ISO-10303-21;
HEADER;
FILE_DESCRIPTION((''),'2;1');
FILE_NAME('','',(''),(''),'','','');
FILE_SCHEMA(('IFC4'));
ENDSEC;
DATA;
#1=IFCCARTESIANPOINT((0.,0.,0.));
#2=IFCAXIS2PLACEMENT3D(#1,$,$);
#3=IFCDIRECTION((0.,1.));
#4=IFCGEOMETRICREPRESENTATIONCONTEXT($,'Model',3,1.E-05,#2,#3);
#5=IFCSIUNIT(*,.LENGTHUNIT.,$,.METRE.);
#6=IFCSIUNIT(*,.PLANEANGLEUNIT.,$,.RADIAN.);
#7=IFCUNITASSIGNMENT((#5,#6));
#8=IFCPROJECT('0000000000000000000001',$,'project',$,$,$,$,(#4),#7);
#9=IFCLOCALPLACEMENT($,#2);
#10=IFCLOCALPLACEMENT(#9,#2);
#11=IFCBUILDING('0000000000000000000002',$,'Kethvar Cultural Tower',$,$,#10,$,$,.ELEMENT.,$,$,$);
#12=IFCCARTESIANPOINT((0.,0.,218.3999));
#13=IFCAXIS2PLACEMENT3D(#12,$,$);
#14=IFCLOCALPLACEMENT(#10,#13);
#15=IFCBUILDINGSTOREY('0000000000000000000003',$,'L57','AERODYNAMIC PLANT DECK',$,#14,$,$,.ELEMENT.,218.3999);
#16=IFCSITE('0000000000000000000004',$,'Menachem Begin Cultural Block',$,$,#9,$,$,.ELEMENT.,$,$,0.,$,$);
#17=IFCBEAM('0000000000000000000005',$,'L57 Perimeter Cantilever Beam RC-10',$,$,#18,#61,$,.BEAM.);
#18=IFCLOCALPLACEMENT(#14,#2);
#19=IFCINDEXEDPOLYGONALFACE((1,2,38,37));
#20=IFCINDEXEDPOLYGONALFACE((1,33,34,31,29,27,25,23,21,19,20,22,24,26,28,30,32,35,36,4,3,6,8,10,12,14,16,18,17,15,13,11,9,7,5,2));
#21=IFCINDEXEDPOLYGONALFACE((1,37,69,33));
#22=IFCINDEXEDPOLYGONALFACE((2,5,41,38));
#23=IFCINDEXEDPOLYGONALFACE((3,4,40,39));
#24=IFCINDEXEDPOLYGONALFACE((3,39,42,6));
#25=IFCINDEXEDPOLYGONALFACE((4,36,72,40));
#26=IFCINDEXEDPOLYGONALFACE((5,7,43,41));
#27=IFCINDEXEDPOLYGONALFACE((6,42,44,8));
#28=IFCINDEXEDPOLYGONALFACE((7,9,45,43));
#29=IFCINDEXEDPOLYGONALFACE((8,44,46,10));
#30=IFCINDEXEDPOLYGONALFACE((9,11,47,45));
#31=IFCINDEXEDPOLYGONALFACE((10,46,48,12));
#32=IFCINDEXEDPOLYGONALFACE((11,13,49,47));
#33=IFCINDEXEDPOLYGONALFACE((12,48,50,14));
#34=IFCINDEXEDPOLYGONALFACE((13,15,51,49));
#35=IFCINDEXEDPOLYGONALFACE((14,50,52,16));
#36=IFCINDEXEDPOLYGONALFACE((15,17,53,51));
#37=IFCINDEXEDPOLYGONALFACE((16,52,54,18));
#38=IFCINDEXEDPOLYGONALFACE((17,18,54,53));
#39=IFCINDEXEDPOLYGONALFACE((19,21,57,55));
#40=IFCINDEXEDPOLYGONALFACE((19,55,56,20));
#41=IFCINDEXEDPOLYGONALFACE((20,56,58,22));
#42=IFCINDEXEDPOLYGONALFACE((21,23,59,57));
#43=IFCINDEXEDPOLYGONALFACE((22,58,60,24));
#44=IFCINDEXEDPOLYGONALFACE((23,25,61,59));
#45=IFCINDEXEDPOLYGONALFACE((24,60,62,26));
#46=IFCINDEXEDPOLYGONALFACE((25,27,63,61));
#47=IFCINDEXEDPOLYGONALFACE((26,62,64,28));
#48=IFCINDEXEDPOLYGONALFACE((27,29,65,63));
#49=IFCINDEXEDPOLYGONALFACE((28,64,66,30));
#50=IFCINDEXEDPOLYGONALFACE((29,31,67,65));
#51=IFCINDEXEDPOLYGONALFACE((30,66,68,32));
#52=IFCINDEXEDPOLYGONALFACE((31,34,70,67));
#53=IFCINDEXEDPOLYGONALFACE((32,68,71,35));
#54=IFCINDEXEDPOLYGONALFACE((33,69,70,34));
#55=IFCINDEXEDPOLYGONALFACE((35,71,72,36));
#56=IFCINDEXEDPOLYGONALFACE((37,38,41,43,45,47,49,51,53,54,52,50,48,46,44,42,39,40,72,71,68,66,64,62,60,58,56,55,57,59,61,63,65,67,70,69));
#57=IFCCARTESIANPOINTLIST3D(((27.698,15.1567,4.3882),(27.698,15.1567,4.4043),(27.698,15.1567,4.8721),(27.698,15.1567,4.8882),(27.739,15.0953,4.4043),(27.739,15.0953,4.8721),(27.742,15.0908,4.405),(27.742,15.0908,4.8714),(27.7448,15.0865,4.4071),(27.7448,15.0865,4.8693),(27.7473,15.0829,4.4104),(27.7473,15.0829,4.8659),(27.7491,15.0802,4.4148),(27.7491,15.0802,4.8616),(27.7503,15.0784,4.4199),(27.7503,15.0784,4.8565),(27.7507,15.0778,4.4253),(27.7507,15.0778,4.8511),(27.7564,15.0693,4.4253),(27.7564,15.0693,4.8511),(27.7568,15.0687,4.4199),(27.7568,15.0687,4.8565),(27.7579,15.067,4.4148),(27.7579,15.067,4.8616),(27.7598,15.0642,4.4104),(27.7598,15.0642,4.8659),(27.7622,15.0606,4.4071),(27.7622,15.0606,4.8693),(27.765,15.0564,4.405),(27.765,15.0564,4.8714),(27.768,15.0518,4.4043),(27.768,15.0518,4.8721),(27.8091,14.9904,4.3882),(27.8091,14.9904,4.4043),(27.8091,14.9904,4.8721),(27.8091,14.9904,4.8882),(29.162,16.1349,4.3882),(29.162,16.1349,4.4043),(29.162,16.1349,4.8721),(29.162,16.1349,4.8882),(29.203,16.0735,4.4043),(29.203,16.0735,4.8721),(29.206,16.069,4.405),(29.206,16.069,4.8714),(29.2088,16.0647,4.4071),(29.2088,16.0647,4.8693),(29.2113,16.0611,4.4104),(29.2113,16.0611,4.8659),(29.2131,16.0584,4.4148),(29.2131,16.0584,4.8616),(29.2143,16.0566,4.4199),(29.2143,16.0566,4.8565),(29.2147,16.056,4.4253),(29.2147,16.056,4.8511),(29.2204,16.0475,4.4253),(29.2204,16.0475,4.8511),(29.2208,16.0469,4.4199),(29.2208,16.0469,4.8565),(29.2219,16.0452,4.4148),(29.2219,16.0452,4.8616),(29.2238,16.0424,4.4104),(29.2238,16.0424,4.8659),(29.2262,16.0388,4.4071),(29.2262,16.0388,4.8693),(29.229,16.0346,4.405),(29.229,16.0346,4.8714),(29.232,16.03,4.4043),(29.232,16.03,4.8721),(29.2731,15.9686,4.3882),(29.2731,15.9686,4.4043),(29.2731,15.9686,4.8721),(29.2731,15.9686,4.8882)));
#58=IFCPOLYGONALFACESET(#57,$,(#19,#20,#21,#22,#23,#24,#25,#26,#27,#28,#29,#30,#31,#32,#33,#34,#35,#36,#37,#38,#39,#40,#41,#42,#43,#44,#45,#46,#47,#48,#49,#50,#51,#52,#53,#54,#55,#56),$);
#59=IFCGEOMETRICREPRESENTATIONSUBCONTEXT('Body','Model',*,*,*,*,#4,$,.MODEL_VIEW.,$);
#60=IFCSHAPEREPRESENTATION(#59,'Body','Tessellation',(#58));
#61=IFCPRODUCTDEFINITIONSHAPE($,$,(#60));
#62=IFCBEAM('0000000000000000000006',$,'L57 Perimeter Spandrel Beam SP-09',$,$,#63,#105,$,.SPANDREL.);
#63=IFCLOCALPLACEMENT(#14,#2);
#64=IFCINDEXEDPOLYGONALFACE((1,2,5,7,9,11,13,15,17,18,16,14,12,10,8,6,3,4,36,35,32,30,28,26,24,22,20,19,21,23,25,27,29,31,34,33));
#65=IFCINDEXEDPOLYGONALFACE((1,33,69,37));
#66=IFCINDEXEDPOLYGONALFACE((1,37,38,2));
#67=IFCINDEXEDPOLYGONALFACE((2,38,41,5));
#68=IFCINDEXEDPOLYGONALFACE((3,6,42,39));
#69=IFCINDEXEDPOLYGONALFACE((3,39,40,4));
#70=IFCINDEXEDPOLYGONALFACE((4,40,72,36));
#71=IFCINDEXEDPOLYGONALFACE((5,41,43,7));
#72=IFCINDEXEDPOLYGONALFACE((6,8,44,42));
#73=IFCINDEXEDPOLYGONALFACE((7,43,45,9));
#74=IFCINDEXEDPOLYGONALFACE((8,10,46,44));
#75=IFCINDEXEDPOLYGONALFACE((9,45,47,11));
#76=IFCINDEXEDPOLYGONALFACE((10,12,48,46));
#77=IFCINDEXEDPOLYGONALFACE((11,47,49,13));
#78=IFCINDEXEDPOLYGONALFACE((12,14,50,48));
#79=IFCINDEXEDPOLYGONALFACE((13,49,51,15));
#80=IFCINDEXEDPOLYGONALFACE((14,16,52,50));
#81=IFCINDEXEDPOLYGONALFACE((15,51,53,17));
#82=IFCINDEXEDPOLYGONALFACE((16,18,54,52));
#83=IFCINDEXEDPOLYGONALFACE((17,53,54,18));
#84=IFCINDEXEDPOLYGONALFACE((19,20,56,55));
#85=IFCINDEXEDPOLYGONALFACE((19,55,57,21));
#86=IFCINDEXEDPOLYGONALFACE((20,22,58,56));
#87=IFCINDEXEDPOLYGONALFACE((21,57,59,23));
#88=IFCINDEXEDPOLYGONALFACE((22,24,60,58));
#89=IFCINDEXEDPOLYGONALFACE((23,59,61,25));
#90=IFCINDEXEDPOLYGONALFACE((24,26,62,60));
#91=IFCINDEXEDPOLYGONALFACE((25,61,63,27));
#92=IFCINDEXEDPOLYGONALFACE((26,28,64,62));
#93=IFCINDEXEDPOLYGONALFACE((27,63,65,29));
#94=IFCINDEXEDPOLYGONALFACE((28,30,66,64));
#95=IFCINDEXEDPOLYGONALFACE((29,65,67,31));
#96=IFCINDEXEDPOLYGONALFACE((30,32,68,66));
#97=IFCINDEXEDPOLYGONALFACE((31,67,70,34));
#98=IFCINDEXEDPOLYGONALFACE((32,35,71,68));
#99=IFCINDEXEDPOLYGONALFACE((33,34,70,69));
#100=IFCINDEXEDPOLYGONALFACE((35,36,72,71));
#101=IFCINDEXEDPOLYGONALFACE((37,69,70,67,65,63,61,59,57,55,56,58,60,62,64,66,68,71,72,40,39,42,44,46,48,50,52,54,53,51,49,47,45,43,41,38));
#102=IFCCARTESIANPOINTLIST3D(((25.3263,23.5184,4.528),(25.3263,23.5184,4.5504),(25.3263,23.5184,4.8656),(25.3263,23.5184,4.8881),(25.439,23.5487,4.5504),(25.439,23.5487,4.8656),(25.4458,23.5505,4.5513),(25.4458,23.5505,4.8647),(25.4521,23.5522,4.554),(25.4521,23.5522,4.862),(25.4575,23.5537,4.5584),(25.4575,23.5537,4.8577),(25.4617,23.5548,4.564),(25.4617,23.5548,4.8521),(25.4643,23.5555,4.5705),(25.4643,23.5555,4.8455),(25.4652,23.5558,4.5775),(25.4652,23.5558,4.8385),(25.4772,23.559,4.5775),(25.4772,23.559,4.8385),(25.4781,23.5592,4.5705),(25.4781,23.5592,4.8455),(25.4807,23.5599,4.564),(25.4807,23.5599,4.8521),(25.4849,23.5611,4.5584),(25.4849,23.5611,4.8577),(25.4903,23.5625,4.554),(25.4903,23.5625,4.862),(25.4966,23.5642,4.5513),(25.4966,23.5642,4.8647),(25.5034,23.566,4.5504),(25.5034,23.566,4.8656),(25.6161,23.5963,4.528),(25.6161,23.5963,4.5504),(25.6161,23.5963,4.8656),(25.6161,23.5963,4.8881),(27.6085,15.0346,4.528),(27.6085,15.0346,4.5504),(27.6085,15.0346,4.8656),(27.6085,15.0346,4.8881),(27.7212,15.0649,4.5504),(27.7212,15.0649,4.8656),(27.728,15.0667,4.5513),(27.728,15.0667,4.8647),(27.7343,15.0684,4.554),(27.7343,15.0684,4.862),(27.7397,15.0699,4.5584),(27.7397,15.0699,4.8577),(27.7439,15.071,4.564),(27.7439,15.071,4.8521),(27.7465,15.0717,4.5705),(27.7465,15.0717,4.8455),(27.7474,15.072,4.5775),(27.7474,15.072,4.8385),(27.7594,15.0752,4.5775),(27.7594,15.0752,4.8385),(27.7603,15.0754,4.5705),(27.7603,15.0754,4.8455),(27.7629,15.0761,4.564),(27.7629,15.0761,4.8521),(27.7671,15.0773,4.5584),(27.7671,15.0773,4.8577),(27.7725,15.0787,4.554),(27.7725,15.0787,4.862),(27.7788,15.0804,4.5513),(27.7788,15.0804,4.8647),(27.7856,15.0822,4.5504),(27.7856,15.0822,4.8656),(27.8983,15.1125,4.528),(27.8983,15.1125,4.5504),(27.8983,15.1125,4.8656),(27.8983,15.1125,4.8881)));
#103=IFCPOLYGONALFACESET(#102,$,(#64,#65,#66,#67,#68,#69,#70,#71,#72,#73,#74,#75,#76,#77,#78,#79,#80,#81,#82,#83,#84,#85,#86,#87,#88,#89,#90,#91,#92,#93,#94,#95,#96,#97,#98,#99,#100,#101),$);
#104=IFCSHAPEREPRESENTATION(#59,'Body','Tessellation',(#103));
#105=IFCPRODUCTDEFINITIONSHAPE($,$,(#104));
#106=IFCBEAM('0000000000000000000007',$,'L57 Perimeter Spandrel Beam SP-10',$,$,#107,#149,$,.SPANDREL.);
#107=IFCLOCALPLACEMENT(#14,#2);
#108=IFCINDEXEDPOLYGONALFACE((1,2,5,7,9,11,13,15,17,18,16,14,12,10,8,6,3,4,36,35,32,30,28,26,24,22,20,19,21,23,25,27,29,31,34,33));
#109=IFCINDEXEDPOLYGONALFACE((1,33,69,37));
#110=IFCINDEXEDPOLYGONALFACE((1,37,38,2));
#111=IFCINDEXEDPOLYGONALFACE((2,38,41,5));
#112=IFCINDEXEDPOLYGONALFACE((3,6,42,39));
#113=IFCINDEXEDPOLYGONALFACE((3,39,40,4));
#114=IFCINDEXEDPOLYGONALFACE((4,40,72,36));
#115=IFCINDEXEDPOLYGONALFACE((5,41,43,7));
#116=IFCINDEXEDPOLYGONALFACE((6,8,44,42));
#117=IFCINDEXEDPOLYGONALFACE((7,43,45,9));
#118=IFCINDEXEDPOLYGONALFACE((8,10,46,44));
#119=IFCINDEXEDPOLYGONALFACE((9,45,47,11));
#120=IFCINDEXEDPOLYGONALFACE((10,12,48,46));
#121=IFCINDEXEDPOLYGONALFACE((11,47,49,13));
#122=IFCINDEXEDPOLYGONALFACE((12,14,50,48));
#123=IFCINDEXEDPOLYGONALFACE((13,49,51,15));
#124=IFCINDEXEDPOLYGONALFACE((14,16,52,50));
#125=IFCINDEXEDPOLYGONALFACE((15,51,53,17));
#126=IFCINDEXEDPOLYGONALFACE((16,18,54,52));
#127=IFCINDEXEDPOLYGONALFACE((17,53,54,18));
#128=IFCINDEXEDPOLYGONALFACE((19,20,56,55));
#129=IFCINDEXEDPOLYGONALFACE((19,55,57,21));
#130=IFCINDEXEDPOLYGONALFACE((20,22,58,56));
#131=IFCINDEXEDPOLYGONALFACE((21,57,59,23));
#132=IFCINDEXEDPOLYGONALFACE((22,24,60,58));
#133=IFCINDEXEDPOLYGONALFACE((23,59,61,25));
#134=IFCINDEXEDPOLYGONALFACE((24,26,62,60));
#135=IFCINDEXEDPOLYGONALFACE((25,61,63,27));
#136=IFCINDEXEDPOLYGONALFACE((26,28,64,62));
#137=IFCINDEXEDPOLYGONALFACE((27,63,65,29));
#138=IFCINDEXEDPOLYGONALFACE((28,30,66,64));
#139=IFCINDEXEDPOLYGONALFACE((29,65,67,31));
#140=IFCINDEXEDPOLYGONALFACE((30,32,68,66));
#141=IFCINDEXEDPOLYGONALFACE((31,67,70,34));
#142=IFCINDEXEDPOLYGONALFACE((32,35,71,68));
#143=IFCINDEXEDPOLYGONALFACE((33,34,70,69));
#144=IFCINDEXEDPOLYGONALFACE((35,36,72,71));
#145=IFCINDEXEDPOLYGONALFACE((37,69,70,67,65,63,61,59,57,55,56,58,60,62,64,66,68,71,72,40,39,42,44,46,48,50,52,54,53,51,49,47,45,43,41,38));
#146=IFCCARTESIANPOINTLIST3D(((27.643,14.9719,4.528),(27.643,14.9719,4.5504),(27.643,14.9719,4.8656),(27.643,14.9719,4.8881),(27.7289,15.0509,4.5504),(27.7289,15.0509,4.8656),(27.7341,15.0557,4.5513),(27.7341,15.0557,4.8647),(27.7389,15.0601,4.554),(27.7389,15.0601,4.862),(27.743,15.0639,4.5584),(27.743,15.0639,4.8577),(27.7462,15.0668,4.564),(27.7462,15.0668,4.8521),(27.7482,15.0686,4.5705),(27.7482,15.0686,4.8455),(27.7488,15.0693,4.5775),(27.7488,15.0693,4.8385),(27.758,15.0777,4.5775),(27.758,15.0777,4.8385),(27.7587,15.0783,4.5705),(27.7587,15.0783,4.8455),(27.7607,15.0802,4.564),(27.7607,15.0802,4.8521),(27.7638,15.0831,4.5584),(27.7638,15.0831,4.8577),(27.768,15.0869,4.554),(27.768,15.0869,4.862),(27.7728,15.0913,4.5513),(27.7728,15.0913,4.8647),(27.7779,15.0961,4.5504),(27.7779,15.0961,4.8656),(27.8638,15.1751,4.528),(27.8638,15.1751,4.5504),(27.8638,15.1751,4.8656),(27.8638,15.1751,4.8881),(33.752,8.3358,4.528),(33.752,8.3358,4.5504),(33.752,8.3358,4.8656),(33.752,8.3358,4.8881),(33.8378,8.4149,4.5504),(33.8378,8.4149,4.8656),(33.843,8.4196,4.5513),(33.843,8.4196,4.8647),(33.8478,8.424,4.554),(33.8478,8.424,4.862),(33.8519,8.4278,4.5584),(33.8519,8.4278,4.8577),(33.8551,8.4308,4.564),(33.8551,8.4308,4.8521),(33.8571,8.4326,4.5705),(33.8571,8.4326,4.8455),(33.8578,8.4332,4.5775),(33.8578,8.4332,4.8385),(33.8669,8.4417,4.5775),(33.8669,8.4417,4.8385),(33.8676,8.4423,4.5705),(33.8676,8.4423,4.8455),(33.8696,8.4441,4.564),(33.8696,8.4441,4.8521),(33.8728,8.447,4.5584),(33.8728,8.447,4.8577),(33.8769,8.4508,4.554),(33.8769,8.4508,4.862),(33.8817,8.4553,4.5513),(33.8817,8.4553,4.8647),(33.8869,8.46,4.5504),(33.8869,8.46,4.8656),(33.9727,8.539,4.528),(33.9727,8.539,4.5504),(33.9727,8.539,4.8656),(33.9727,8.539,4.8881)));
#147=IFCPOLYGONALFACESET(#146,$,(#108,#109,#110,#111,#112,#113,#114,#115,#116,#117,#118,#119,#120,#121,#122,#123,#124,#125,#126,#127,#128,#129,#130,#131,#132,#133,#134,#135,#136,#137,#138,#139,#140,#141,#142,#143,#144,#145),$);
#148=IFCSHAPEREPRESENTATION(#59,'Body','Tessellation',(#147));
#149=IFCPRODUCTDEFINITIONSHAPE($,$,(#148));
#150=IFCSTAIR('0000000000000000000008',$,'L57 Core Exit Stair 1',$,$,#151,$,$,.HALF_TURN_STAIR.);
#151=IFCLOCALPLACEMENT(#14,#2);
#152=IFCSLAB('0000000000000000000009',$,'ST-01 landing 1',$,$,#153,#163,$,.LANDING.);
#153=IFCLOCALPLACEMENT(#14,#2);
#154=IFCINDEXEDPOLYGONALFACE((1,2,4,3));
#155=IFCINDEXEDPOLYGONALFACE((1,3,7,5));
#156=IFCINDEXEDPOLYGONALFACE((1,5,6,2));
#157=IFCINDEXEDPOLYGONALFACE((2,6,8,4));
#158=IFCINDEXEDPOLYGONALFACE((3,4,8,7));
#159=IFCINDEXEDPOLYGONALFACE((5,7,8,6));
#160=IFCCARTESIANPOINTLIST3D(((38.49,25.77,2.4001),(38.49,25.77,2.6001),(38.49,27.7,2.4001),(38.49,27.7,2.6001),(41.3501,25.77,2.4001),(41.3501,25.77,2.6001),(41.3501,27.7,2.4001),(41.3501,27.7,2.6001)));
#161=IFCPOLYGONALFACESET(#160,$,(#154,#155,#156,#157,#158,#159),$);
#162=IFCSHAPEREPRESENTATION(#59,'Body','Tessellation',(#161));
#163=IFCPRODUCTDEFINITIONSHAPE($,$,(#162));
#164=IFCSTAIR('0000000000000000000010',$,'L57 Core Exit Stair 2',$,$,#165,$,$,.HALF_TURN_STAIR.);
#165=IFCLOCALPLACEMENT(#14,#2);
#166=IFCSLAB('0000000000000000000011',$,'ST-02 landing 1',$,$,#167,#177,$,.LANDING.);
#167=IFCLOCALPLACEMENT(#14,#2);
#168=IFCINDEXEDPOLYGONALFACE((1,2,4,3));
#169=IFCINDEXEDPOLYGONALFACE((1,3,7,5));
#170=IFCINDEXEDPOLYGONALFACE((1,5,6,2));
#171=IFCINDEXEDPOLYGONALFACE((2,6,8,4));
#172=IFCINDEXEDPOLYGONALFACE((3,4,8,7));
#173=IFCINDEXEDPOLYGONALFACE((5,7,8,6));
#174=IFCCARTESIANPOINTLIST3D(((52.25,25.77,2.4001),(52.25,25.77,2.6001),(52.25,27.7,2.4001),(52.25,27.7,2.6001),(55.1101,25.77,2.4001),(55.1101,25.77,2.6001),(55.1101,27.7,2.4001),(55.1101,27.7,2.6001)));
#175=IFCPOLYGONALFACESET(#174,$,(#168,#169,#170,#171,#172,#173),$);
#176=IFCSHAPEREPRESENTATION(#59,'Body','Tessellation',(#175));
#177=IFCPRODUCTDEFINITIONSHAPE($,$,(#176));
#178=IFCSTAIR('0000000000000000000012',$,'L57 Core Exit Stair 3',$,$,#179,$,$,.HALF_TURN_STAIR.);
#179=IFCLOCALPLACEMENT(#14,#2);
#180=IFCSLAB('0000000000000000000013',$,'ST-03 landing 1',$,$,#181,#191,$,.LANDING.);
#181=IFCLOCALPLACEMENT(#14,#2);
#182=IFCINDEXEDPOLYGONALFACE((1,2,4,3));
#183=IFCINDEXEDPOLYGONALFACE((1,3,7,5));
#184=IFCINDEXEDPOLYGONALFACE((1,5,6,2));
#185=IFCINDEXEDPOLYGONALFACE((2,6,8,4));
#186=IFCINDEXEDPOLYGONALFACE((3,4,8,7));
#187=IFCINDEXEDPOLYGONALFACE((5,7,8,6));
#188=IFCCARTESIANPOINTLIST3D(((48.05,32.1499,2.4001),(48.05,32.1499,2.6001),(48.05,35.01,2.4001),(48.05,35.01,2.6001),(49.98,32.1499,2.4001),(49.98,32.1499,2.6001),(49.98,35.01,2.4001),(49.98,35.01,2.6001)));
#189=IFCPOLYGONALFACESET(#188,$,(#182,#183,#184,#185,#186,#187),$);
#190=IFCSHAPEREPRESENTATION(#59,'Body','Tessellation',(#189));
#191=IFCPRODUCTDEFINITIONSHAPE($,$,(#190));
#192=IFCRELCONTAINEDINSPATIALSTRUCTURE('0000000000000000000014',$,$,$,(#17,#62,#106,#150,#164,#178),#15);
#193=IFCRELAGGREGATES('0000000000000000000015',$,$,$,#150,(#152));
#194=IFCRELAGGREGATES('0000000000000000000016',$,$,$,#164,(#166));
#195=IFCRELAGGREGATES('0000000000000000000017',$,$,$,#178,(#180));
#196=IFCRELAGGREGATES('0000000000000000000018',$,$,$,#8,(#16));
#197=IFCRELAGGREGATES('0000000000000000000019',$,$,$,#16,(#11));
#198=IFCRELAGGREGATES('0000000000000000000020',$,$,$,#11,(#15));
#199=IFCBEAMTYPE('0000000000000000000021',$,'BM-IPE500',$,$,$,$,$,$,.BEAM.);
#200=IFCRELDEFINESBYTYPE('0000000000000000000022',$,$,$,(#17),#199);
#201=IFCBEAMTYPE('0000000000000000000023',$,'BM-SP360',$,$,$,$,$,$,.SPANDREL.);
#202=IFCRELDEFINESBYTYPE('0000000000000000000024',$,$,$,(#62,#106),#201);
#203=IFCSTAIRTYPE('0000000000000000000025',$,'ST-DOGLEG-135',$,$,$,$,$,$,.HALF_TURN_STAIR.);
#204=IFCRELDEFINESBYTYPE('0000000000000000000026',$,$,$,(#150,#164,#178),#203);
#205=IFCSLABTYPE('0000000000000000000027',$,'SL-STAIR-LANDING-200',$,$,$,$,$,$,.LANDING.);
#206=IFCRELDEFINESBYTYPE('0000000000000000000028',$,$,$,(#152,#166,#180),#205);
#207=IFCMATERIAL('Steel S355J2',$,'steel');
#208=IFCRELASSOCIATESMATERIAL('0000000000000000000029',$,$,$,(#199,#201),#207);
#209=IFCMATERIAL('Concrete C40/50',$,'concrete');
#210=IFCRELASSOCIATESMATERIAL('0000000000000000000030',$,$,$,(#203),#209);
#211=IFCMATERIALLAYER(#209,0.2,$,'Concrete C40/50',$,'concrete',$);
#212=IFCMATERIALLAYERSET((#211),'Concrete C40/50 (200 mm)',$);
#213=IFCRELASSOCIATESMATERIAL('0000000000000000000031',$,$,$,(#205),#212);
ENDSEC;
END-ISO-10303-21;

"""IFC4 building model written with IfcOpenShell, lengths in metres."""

from ifc_helpers import new_model, si_unit, direction, frame, origin, origin_2d, place, context, subcontext, project, spatial, polyline, i_section, outline, extrude, source, transform, mapped, material, layer, layer_set, material_profile, profile_set, type_object, element, aggregate, save


model = new_model("IFC4")

# Units and contexts
model_context = context("Model", 3, precision=1e-05, world=origin(), true_north=direction((0.0, 1.0)))
body_context = subcontext(model_context, "Body", "Model", "MODEL_VIEW")
ifc_project = project(units=[si_unit("LENGTHUNIT", "METRE"), si_unit("PLANEANGLEUNIT", "RADIAN")], contexts=[model_context])

# Site, building, storey
site_placement = place(None, origin())
site = spatial("IfcSite", under=ifc_project, at=site_placement, Name="Menachem Begin Cultural Block", CompositionType="ELEMENT", RefElevation=0.0)
building_placement = place(site_placement, origin())
building = spatial("IfcBuilding", under=site, at=building_placement, Name="Kethvar Cultural Tower", CompositionType="ELEMENT")
storey_placement = place(building_placement, frame((0.0, 0.0, 218.3999)))
storey = spatial("IfcBuildingStorey", under=building, at=storey_placement, Name="L57", Description="AERODYNAMIC PLANT DECK", CompositionType="ELEMENT", Elevation=218.3999)

# Beams
ifc_material_1 = material(Name="Steel S355J2", Category="steel")
ifc_material_profile_1 = material_profile(ifc_material_1, i_section(OverallWidth=0.2, OverallDepth=0.5, WebThickness=0.0103, FlangeThickness=0.0161, FilletRadius=0.021, at=origin_2d()), Name="Steel S355J2 — IPE500")
ifc_profile_set_1 = profile_set([ifc_material_profile_1], Name="Steel S355J2 — IPE500")
beam_type_1 = type_object("IfcBeamType", Name="BM-IPE500", PredefinedType="BEAM", material=ifc_profile_set_1)
shared_shape_1 = source(origin(), body_context, "Body", "SweptSolid", [
    extrude(i_section(OverallWidth=0.2, OverallDepth=0.5, WebThickness=0.0103, FlangeThickness=0.0161, FilletRadius=0.021, at=origin_2d()), origin(), (0.0, 0.0, 1.0), 1.7607),
])
beam_1_placement = place(storey_placement, frame((29.2175, 16.0518, 4.6382), z_axis=(-0.831474, -0.555564, 0.0), x_axis=(0.555564, -0.831474, 0.0)))
element("IfcBeam", 1, at=beam_1_placement, inside=storey, type_object=beam_type_1, Name="L57 Perimeter Cantilever Beam RC-10", PredefinedType="BEAM", context=body_context, shape_type="MappedRepresentation", body=[
    mapped(shared_shape_1, transform((0.0, 0.0, 0.0), scale=1.0)),
])
ifc_material_profile_2 = material_profile(ifc_material_1, i_section(OverallWidth=0.3, OverallDepth=0.3601, WebThickness=0.0125, FlangeThickness=0.0225, FilletRadius=0.0271, at=origin_2d()), Name="Steel S355J2 — HEB360")
ifc_profile_set_2 = profile_set([ifc_material_profile_2], Name="Steel S355J2 — HEB360")
beam_type_2 = type_object("IfcBeamType", Name="BM-SP360", PredefinedType="SPANDREL", material=ifc_profile_set_2)
shared_shape_2 = source(origin(), body_context, "Body", "SweptSolid", [
    extrude(i_section(OverallWidth=0.3, OverallDepth=0.3601, WebThickness=0.0125, FlangeThickness=0.0225, FilletRadius=0.0271, at=origin_2d()), origin(), (0.0, 0.0, 1.0), 8.7854),
])
beam_2_placement = place(storey_placement, frame((25.4712, 23.5574, 4.708), z_axis=(0.259772, -0.96567, 0.0), x_axis=(0.96567, 0.259772, 0.0)))
element("IfcBeam", 2, at=beam_2_placement, inside=storey, type_object=beam_type_2, Name="L57 Perimeter Spandrel Beam SP-09", PredefinedType="SPANDREL", context=body_context, shape_type="MappedRepresentation", body=[
    mapped(shared_shape_2, transform((0.0, 0.0, 0.0), scale=1.0)),
])
shared_shape_3 = source(origin(), body_context, "Body", "SweptSolid", [
    extrude(i_section(OverallWidth=0.3, OverallDepth=0.3601, WebThickness=0.0125, FlangeThickness=0.0225, FilletRadius=0.0271, at=origin_2d()), origin(), (0.0, 0.0, 1.0), 9.0198),
])
beam_3_placement = place(storey_placement, frame((27.7534, 15.0735, 4.708), z_axis=(0.677283, -0.735722, 0.0), x_axis=(0.735722, 0.677283, 0.0)))
element("IfcBeam", 3, at=beam_3_placement, inside=storey, type_object=beam_type_2, Name="L57 Perimeter Spandrel Beam SP-10", PredefinedType="SPANDREL", context=body_context, shape_type="MappedRepresentation", body=[
    mapped(shared_shape_3, transform((0.0, 0.0, 0.0), scale=1.0)),
])

# Stairs, slabs
ifc_material_2 = material(Name="Concrete C40/50", Category="concrete")
stair_type = type_object("IfcStairType", Name="ST-DOGLEG-135", PredefinedType="HALF_TURN_STAIR", material=ifc_material_2)
stair_1_placement = place(storey_placement, origin())
stair_1 = element("IfcStair", 4, at=stair_1_placement, inside=storey, type_object=stair_type, Name="L57 Core Exit Stair 1", PredefinedType="HALF_TURN_STAIR")
ifc_layer_1 = layer(ifc_material_2, 0.2, Name="Concrete C40/50", Category="concrete")
ifc_layer_set_1 = layer_set([ifc_layer_1], Name="Concrete C40/50 (200 mm)")
slab_type_1 = type_object("IfcSlabType", Name="SL-STAIR-LANDING-200", PredefinedType="LANDING", material=ifc_layer_set_1)
slab_1_placement = place(storey_placement, frame((0.0, 0.0, 2.4001)))
slab_1 = element("IfcSlab", 5, at=slab_1_placement, type_object=slab_type_1, Name="ST-01 landing 1", PredefinedType="LANDING", context=body_context, shape_type="SweptSolid", body=[
    extrude(outline(polyline([(41.3501, 25.77), (41.3501, 27.7), (38.49, 27.7), (38.49, 25.77), (41.3501, 25.77)])), origin(), (0.0, 0.0, 1.0), 0.2),
])
aggregate(stair_1, [slab_1])
stair_2_placement = place(storey_placement, origin())
stair_2 = element("IfcStair", 6, at=stair_2_placement, inside=storey, type_object=stair_type, Name="L57 Core Exit Stair 2", PredefinedType="HALF_TURN_STAIR")
slab_2_placement = place(storey_placement, frame((0.0, 0.0, 2.4001)))
slab_2 = element("IfcSlab", 7, at=slab_2_placement, type_object=slab_type_1, Name="ST-02 landing 1", PredefinedType="LANDING", context=body_context, shape_type="SweptSolid", body=[
    extrude(outline(polyline([(55.1101, 25.77), (55.1101, 27.7), (52.25, 27.7), (52.25, 25.77), (55.1101, 25.77)])), origin(), (0.0, 0.0, 1.0), 0.2),
])
aggregate(stair_2, [slab_2])
stair_3_placement = place(storey_placement, origin())
stair_3 = element("IfcStair", 8, at=stair_3_placement, inside=storey, type_object=stair_type, Name="L57 Core Exit Stair 3", PredefinedType="HALF_TURN_STAIR")
slab_3_placement = place(storey_placement, frame((0.0, 0.0, 2.4001)))
slab_3 = element("IfcSlab", 9, at=slab_3_placement, type_object=slab_type_1, Name="ST-03 landing 1", PredefinedType="LANDING", context=body_context, shape_type="SweptSolid", body=[
    extrude(outline(polyline([(49.98, 35.01), (48.05, 35.01), (48.05, 32.1499), (49.98, 32.1499), (49.98, 35.01)])), origin(), (0.0, 0.0, 1.0), 0.2),
])
aggregate(stair_3, [slab_3])

save(model, "model.ifc")
